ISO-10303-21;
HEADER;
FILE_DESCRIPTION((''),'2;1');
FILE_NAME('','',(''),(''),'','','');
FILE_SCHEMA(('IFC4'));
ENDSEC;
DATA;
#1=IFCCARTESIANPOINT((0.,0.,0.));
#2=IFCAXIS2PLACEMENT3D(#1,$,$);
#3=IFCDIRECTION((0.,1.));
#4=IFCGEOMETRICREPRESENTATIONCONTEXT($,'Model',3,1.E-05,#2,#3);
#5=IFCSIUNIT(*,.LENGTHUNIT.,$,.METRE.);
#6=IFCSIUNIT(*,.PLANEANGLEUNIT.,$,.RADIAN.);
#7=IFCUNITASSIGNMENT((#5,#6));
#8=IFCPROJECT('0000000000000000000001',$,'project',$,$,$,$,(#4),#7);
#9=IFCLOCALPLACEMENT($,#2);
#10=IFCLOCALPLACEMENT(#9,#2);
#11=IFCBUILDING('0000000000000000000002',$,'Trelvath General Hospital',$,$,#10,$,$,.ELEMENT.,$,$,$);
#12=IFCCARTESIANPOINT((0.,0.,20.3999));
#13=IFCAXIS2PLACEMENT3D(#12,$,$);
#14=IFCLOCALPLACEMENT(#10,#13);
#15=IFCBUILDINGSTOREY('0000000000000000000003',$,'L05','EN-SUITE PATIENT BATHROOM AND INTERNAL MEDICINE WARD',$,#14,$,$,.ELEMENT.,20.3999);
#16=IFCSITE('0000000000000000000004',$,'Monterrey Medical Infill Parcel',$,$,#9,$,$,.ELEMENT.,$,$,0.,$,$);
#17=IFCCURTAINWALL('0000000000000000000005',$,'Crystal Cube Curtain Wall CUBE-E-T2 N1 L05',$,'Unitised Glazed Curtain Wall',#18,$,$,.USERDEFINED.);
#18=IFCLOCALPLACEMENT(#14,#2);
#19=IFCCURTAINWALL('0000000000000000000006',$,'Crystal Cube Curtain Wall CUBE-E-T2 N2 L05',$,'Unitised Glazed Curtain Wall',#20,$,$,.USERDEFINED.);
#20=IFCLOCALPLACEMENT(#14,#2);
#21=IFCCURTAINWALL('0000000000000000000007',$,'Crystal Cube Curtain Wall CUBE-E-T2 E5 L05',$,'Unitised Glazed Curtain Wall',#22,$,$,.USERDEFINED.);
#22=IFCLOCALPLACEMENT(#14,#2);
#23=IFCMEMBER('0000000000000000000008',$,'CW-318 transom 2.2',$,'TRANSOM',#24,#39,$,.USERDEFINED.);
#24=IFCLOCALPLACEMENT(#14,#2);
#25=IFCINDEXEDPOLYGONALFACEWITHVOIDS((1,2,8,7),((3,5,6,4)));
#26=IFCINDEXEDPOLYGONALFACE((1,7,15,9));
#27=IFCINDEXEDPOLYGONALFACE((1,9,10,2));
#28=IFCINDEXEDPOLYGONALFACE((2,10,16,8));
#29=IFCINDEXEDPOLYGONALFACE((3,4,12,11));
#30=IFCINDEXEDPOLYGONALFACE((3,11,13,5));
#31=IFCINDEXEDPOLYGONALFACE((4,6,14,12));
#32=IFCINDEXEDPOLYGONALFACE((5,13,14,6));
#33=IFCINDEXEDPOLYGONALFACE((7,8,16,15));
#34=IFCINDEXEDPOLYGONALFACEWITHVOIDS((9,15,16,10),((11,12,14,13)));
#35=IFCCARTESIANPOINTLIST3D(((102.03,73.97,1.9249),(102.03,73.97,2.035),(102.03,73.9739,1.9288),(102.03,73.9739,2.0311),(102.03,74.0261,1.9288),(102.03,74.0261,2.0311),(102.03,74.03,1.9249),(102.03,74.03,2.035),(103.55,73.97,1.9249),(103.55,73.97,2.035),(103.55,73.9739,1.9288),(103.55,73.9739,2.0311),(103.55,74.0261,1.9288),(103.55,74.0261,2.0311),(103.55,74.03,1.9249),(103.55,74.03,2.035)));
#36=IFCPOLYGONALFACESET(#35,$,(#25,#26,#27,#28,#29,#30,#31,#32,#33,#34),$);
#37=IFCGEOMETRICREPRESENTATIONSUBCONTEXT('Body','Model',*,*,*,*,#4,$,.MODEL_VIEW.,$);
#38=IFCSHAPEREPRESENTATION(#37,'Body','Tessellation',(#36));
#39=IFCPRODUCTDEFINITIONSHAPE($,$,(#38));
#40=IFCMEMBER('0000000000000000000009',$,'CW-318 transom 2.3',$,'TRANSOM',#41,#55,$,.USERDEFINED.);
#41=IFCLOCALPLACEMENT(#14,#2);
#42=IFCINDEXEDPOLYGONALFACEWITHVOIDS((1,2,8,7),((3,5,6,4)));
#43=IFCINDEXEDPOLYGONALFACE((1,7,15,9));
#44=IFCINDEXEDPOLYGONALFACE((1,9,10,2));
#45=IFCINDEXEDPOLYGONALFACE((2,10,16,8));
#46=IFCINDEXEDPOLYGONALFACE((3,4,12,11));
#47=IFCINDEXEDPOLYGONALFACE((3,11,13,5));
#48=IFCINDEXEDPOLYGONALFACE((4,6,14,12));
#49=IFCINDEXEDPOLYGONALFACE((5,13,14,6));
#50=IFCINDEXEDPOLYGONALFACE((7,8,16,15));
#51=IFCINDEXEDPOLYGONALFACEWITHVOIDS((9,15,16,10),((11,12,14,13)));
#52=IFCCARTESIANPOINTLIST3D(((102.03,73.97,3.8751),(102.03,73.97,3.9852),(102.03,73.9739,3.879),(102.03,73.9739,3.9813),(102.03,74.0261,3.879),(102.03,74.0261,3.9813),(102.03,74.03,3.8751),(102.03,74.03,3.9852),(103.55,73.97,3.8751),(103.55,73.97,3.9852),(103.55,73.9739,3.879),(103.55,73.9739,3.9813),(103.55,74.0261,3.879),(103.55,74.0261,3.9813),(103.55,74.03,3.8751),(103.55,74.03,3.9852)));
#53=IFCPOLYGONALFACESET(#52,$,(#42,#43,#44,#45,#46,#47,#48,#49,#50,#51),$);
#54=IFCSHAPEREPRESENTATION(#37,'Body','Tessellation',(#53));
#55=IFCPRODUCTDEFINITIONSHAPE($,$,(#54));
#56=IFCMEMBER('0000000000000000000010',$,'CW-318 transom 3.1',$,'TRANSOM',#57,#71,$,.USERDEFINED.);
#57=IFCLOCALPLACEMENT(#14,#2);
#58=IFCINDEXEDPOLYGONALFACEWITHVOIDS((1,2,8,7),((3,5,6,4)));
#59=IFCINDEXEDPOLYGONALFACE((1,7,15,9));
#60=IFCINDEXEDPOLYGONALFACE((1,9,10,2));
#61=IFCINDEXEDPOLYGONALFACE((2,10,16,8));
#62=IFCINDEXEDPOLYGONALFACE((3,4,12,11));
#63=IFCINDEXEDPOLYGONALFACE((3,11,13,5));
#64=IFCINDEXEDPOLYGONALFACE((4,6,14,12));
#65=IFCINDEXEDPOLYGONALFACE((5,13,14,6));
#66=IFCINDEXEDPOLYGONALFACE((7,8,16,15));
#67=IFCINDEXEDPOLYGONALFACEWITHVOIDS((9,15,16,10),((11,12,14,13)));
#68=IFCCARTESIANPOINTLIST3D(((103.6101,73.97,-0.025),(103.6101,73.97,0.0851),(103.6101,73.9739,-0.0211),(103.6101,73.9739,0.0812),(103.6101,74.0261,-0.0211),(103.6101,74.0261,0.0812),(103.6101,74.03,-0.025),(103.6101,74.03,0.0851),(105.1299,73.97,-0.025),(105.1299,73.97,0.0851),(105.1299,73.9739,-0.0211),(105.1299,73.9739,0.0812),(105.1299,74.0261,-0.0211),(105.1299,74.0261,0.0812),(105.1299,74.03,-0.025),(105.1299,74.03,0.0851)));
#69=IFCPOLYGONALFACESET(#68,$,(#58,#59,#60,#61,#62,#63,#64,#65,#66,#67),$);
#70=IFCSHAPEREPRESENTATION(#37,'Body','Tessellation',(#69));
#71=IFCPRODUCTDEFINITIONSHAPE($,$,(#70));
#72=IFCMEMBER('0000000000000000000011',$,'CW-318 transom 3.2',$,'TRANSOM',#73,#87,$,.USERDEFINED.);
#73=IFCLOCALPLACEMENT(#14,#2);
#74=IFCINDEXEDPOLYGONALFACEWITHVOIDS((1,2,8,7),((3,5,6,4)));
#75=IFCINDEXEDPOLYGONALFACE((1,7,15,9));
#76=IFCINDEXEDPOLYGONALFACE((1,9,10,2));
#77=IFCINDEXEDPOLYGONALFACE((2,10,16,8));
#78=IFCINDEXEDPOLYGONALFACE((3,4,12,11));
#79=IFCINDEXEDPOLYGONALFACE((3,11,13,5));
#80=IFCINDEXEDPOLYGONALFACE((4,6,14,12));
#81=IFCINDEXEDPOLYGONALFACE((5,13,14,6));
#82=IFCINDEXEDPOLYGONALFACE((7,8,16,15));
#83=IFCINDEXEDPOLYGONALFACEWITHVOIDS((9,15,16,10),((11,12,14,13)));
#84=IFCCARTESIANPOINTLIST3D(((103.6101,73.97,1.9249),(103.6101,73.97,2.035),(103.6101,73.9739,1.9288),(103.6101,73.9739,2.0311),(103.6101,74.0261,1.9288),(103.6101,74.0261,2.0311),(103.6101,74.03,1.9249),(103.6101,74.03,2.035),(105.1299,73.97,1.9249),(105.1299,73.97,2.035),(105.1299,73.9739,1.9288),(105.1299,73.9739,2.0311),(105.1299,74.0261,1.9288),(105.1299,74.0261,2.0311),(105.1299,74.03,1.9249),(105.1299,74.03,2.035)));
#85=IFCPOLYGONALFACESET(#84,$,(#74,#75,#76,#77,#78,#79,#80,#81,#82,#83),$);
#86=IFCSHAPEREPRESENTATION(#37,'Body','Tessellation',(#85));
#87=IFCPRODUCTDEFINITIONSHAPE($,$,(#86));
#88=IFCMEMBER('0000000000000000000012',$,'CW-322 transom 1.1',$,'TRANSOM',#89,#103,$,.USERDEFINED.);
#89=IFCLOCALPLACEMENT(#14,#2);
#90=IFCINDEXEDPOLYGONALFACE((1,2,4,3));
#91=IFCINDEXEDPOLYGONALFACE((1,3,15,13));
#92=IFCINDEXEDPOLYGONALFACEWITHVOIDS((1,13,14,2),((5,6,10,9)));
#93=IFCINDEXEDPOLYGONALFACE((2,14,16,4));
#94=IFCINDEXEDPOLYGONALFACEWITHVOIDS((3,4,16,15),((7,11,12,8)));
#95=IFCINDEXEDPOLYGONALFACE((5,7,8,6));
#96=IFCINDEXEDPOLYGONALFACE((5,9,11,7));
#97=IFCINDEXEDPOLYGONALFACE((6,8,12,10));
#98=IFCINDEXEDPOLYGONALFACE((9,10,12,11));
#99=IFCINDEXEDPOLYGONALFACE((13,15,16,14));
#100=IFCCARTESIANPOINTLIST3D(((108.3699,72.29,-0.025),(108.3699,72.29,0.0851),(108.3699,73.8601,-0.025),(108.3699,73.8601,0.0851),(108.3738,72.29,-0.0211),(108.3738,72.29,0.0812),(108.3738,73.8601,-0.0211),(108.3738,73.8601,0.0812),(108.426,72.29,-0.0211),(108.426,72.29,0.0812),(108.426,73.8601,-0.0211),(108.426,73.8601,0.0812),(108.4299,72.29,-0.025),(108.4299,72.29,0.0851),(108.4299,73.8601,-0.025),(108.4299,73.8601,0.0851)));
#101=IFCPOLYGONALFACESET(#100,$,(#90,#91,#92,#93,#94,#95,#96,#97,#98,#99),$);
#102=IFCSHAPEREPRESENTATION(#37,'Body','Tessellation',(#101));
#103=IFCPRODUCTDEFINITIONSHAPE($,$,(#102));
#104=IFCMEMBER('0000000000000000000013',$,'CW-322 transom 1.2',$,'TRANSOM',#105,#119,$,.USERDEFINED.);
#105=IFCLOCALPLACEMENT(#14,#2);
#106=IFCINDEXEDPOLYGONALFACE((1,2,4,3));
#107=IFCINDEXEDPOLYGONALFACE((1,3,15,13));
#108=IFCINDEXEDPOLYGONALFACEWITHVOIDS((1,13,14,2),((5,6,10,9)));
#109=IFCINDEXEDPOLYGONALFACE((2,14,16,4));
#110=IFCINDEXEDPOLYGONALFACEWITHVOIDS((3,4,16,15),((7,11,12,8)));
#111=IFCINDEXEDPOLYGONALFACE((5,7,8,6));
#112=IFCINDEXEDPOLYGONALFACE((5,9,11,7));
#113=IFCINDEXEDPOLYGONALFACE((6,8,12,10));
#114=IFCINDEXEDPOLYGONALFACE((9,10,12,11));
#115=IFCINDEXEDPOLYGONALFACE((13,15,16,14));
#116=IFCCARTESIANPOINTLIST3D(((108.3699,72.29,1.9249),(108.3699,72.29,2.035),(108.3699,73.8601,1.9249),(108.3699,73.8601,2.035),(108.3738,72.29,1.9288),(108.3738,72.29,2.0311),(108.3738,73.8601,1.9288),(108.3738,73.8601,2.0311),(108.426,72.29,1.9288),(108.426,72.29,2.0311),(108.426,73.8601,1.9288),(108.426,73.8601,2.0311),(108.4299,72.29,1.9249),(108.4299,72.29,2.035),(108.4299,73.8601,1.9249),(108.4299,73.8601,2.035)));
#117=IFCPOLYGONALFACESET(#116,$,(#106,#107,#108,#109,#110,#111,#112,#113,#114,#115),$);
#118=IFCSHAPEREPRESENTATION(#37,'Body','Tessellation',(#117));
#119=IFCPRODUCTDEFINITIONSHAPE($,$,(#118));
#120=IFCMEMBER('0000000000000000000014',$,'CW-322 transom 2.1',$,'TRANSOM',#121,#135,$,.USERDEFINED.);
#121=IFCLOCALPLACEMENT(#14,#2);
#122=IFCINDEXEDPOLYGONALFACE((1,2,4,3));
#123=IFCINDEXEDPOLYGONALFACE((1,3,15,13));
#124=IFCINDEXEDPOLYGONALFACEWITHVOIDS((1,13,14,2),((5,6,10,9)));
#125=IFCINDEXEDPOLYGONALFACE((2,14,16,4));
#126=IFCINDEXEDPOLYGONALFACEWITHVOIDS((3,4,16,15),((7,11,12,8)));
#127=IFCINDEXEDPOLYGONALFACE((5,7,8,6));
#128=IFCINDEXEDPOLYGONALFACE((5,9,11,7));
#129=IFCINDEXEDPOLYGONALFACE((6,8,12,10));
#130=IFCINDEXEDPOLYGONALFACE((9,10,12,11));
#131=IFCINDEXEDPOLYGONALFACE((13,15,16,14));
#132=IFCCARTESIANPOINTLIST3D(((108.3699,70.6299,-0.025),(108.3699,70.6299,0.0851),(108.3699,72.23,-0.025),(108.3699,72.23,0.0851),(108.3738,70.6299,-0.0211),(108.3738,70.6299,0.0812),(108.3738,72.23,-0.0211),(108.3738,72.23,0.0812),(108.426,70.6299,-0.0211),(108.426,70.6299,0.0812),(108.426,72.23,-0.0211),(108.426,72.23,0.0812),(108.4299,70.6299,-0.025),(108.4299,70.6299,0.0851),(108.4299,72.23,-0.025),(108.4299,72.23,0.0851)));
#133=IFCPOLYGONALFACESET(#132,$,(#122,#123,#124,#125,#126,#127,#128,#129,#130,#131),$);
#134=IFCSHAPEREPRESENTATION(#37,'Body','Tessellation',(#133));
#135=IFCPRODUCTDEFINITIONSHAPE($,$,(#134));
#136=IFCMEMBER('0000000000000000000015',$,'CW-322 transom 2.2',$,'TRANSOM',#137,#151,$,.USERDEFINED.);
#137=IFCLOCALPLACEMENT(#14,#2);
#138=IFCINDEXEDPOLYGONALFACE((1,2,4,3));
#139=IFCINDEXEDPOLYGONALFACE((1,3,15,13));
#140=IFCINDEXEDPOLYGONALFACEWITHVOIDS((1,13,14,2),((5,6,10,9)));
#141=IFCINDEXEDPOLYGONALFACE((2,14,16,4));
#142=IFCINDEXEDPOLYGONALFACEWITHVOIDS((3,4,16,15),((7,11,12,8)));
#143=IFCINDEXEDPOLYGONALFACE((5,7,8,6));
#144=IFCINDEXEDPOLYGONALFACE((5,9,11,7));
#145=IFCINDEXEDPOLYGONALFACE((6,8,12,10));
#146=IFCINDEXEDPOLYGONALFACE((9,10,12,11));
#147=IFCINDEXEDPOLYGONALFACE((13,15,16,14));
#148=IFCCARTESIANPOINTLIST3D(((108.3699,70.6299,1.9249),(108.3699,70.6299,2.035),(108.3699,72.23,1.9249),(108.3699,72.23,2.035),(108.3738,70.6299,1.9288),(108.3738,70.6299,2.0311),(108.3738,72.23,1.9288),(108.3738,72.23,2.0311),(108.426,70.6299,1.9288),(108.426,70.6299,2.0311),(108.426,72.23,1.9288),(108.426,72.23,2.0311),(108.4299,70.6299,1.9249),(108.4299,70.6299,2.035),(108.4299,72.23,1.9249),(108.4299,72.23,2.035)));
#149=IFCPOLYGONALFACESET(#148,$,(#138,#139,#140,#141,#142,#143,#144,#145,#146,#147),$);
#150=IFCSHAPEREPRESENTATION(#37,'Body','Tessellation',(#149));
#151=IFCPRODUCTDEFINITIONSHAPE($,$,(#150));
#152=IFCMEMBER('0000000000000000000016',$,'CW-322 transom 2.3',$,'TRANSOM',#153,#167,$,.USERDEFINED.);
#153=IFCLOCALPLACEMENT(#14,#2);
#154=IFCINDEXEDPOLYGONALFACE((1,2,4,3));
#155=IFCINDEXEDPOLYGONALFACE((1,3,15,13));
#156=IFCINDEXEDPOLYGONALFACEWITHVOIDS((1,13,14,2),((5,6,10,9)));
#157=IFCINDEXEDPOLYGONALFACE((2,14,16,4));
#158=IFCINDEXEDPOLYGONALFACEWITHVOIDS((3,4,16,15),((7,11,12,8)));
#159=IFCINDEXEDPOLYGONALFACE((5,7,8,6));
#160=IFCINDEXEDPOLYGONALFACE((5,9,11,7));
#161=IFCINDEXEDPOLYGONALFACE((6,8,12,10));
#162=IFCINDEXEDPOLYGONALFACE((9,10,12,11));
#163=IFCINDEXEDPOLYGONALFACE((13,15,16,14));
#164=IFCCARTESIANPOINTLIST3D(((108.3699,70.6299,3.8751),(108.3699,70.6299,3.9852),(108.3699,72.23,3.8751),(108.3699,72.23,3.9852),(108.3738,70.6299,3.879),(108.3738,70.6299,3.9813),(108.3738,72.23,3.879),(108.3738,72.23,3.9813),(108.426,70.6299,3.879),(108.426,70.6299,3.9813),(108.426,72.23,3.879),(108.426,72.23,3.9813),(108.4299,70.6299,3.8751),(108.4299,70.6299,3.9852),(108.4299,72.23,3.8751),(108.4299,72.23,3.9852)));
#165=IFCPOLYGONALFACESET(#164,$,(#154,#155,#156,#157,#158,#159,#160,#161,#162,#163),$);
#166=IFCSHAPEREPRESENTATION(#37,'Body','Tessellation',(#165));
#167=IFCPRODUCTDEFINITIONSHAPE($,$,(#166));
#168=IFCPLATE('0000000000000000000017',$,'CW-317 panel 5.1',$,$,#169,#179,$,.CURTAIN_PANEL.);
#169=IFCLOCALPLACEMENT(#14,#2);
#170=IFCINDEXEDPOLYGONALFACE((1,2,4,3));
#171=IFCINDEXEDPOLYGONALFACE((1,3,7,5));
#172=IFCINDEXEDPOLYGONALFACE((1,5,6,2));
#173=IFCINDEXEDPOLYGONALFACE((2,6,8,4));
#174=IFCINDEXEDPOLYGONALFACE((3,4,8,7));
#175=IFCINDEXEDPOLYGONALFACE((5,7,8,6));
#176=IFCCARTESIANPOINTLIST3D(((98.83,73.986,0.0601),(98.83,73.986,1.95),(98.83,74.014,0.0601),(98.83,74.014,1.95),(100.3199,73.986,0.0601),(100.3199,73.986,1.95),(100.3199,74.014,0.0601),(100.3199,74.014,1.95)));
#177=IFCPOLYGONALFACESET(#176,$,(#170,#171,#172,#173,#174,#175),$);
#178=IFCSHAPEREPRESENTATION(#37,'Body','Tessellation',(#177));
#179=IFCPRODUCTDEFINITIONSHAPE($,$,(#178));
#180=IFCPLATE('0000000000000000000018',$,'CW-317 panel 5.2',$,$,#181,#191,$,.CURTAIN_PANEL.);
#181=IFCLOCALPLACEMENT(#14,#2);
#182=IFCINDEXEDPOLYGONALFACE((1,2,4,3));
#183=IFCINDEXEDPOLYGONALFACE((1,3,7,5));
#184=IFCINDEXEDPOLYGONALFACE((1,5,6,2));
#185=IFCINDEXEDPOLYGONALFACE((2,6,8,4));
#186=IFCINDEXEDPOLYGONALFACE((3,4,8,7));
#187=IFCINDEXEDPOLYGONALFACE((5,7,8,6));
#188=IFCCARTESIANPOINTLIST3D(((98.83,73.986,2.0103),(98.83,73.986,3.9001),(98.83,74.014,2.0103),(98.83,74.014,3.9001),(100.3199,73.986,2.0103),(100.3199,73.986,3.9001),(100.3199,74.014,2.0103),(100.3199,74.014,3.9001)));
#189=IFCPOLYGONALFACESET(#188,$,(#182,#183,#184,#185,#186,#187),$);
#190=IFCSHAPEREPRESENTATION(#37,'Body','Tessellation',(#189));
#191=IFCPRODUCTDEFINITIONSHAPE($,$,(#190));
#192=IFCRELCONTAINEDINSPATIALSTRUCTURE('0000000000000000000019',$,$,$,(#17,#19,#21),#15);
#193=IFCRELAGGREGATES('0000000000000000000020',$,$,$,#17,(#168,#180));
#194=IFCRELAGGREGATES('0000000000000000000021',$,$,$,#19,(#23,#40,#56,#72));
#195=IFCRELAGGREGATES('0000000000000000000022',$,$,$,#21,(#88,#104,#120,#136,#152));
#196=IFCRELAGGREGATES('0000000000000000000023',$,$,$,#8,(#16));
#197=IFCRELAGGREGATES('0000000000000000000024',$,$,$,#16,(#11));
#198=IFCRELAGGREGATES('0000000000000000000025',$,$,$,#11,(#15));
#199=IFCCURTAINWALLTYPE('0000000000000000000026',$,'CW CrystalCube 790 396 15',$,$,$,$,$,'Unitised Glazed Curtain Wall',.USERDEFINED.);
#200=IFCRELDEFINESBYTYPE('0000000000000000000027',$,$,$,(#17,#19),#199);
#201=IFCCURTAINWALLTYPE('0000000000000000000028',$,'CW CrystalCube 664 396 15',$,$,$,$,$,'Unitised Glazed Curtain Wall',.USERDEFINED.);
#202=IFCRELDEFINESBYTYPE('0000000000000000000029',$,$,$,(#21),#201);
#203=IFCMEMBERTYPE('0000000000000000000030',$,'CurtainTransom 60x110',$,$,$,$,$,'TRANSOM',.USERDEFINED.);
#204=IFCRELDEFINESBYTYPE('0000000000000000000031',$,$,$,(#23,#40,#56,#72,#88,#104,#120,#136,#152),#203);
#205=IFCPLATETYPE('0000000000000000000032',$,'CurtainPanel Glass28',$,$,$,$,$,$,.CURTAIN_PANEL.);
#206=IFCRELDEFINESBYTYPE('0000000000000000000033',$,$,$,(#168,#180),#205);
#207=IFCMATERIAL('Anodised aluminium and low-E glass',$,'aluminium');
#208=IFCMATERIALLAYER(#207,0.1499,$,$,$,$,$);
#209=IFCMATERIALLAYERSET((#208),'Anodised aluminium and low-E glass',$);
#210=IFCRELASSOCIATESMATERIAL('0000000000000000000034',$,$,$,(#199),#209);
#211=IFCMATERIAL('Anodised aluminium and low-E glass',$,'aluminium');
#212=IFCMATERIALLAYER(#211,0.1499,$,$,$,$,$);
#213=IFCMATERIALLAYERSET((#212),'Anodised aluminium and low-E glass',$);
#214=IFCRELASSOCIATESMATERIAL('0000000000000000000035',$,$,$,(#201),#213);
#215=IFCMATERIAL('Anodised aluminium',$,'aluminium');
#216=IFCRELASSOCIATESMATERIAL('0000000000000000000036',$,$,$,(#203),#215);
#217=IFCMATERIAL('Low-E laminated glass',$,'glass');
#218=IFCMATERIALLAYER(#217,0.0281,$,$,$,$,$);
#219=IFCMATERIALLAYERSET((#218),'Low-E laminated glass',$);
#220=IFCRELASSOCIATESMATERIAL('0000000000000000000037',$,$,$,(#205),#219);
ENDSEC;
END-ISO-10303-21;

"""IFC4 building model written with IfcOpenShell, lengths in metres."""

from ifc_helpers import new_model, si_unit, direction, frame, origin, origin_2d, place, context, subcontext, project, spatial, rectangle, hollow_rectangle, extrude, material, layer, layer_set, material_profile, profile_set, type_object, element, aggregate, save


model = new_model("IFC4")

# Units and contexts
model_context = context("Model", 3, precision=1e-05, world=origin(), true_north=direction((0.0, 1.0)))
body_context = subcontext(model_context, "Body", "Model", "MODEL_VIEW")
ifc_project = project(units=[si_unit("LENGTHUNIT", "METRE"), si_unit("PLANEANGLEUNIT", "RADIAN")], contexts=[model_context])

# Site, building, storey
site_placement = place(None, origin())
site = spatial("IfcSite", under=ifc_project, at=site_placement, Name="Monterrey Medical Infill Parcel", CompositionType="ELEMENT", RefElevation=0.0)
building_placement = place(site_placement, origin())
building = spatial("IfcBuilding", under=site, at=building_placement, Name="Trelvath General Hospital", CompositionType="ELEMENT")
storey_placement = place(building_placement, frame((0.0, 0.0, 20.3999)))
storey = spatial("IfcBuildingStorey", under=building, at=storey_placement, Name="L05", Description="EN-SUITE PATIENT BATHROOM AND INTERNAL MEDICINE WARD", CompositionType="ELEMENT", Elevation=20.3999)

# Curtain wall
ifc_material_1 = material(Name="Anodised aluminium and low-E glass", Category="aluminium")
ifc_layer_1 = layer(ifc_material_1, 0.1499)
ifc_layer_set_1 = layer_set([ifc_layer_1], Name="Anodised aluminium and low-E glass")
curtain_wall_type_1 = type_object("IfcCurtainWallType", Name="CW CrystalCube 790 396 15", ElementType="Unitised Glazed Curtain Wall", PredefinedType="USERDEFINED", material=ifc_layer_set_1)
curtain_wall_1_placement = place(storey_placement, origin())
curtain_wall_1 = element("IfcCurtainWall", 1, at=curtain_wall_1_placement, inside=storey, type_object=curtain_wall_type_1, Name="Crystal Cube Curtain Wall CUBE-E-T2 N1 L05", ObjectType="Unitised Glazed Curtain Wall", PredefinedType="USERDEFINED")

# Curtain wall
curtain_wall_2_placement = place(storey_placement, origin())
curtain_wall_2 = element("IfcCurtainWall", 2, at=curtain_wall_2_placement, inside=storey, type_object=curtain_wall_type_1, Name="Crystal Cube Curtain Wall CUBE-E-T2 N2 L05", ObjectType="Unitised Glazed Curtain Wall", PredefinedType="USERDEFINED")

# Curtain wall
ifc_material_2 = material(Name="Anodised aluminium and low-E glass", Category="aluminium")
ifc_layer_2 = layer(ifc_material_2, 0.1499)
ifc_layer_set_2 = layer_set([ifc_layer_2], Name="Anodised aluminium and low-E glass")
curtain_wall_type_2 = type_object("IfcCurtainWallType", Name="CW CrystalCube 664 396 15", ElementType="Unitised Glazed Curtain Wall", PredefinedType="USERDEFINED", material=ifc_layer_set_2)
curtain_wall_3_placement = place(storey_placement, origin())
curtain_wall_3 = element("IfcCurtainWall", 3, at=curtain_wall_3_placement, inside=storey, type_object=curtain_wall_type_2, Name="Crystal Cube Curtain Wall CUBE-E-T2 E5 L05", ObjectType="Unitised Glazed Curtain Wall", PredefinedType="USERDEFINED")

# Members
ifc_material_3 = material(Name="Anodised aluminium", Category="aluminium")
ifc_material_profile_1 = material_profile(ifc_material_3, hollow_rectangle(XDim=0.0601, YDim=0.1101, WallThickness=0.0039, at=origin_2d()), Name="RHS60x110x4")
ifc_profile_set_1 = profile_set([ifc_material_profile_1], Name="Anodised aluminium")
member_type_1 = type_object("IfcMemberType", Name="CurtainTransom 60x110", ElementType="TRANSOM", PredefinedType="USERDEFINED", material=ifc_profile_set_1)
member_1_placement = place(storey_placement, frame((102.03, 74.0, 1.98), z_axis=(1.0, 0.0, 0.0), x_axis=(0.0, 1.0, 0.0)))
member_1 = element("IfcMember", 4, at=member_1_placement, type_object=member_type_1, Name="CW-318 transom 2.2", ObjectType="TRANSOM", PredefinedType="USERDEFINED", context=body_context, shape_type="SweptSolid", body=[
    extrude(hollow_rectangle(XDim=0.0601, YDim=0.1101, WallThickness=0.0039, at=origin_2d()), origin(), (0.0, 0.0, 1.0), 1.52),
])
member_2_placement = place(storey_placement, frame((102.03, 74.0, 3.9302), z_axis=(1.0, 0.0, 0.0), x_axis=(0.0, 1.0, 0.0)))
member_2 = element("IfcMember", 5, at=member_2_placement, type_object=member_type_1, Name="CW-318 transom 2.3", ObjectType="TRANSOM", PredefinedType="USERDEFINED", context=body_context, shape_type="SweptSolid", body=[
    extrude(hollow_rectangle(XDim=0.0601, YDim=0.1101, WallThickness=0.0039, at=origin_2d()), origin(), (0.0, 0.0, 1.0), 1.52),
])
member_3_placement = place(storey_placement, frame((103.6101, 74.0, 0.03), z_axis=(1.0, 0.0, 0.0), x_axis=(0.0, 1.0, 0.0)))
member_3 = element("IfcMember", 6, at=member_3_placement, type_object=member_type_1, Name="CW-318 transom 3.1", ObjectType="TRANSOM", PredefinedType="USERDEFINED", context=body_context, shape_type="SweptSolid", body=[
    extrude(hollow_rectangle(XDim=0.0601, YDim=0.1101, WallThickness=0.0039, at=origin_2d()), origin(), (0.0, 0.0, 1.0), 1.5198),
])
member_4_placement = place(storey_placement, frame((103.6101, 74.0, 1.98), z_axis=(1.0, 0.0, 0.0), x_axis=(0.0, 1.0, 0.0)))
member_4 = element("IfcMember", 7, at=member_4_placement, type_object=member_type_1, Name="CW-318 transom 3.2", ObjectType="TRANSOM", PredefinedType="USERDEFINED", context=body_context, shape_type="SweptSolid", body=[
    extrude(hollow_rectangle(XDim=0.0601, YDim=0.1101, WallThickness=0.0039, at=origin_2d()), origin(), (0.0, 0.0, 1.0), 1.5198),
])
member_5_placement = place(storey_placement, frame((108.3999, 73.8601, 0.03), z_axis=(0.0, -1.0, 0.0), x_axis=(1.0, 0.0, 0.0)))
member_5 = element("IfcMember", 8, at=member_5_placement, type_object=member_type_1, Name="CW-322 transom 1.1", ObjectType="TRANSOM", PredefinedType="USERDEFINED", context=body_context, shape_type="SweptSolid", body=[
    extrude(hollow_rectangle(XDim=0.0601, YDim=0.1101, WallThickness=0.0039, at=origin_2d()), origin(), (0.0, 0.0, 1.0), 1.5701),
])
member_6_placement = place(storey_placement, frame((108.3999, 73.8601, 1.98), z_axis=(0.0, -1.0, 0.0), x_axis=(1.0, 0.0, 0.0)))
member_6 = element("IfcMember", 9, at=member_6_placement, type_object=member_type_1, Name="CW-322 transom 1.2", ObjectType="TRANSOM", PredefinedType="USERDEFINED", context=body_context, shape_type="SweptSolid", body=[
    extrude(hollow_rectangle(XDim=0.0601, YDim=0.1101, WallThickness=0.0039, at=origin_2d()), origin(), (0.0, 0.0, 1.0), 1.5701),
])
member_7_placement = place(storey_placement, frame((108.3999, 72.23, 0.03), z_axis=(0.0, -1.0, 0.0), x_axis=(1.0, 0.0, 0.0)))
member_7 = element("IfcMember", 10, at=member_7_placement, type_object=member_type_1, Name="CW-322 transom 2.1", ObjectType="TRANSOM", PredefinedType="USERDEFINED", context=body_context, shape_type="SweptSolid", body=[
    extrude(hollow_rectangle(XDim=0.0601, YDim=0.1101, WallThickness=0.0039, at=origin_2d()), origin(), (0.0, 0.0, 1.0), 1.6001),
])
member_8_placement = place(storey_placement, frame((108.3999, 72.23, 1.98), z_axis=(0.0, -1.0, 0.0), x_axis=(1.0, 0.0, 0.0)))
member_8 = element("IfcMember", 11, at=member_8_placement, type_object=member_type_1, Name="CW-322 transom 2.2", ObjectType="TRANSOM", PredefinedType="USERDEFINED", context=body_context, shape_type="SweptSolid", body=[
    extrude(hollow_rectangle(XDim=0.0601, YDim=0.1101, WallThickness=0.0039, at=origin_2d()), origin(), (0.0, 0.0, 1.0), 1.6001),
])
member_9_placement = place(storey_placement, frame((108.3999, 72.23, 3.9302), z_axis=(0.0, -1.0, 0.0), x_axis=(1.0, 0.0, 0.0)))
member_9 = element("IfcMember", 12, at=member_9_placement, type_object=member_type_1, Name="CW-322 transom 2.3", ObjectType="TRANSOM", PredefinedType="USERDEFINED", context=body_context, shape_type="SweptSolid", body=[
    extrude(hollow_rectangle(XDim=0.0601, YDim=0.1101, WallThickness=0.0039, at=origin_2d()), origin(), (0.0, 0.0, 1.0), 1.6001),
])

# Plates
ifc_material_4 = material(Name="Low-E laminated glass", Category="glass")
ifc_layer_3 = layer(ifc_material_4, 0.0281)
ifc_layer_set_3 = layer_set([ifc_layer_3], Name="Low-E laminated glass")
plate_type = type_object("IfcPlateType", Name="CurtainPanel Glass28", PredefinedType="CURTAIN_PANEL", material=ifc_layer_set_3)
plate_1_placement = place(storey_placement, frame((99.575, 74.0, 0.0601), z_axis=(0.0, 0.0, 1.0), x_axis=(1.0, 0.0, 0.0)))
plate_1 = element("IfcPlate", 13, at=plate_1_placement, type_object=plate_type, Name="CW-317 panel 5.1", PredefinedType="CURTAIN_PANEL", context=body_context, shape_type="SweptSolid", body=[
    extrude(rectangle(XDim=1.49, YDim=0.0281, at=origin_2d()), origin(), (0.0, 0.0, 1.0), 1.8899),
])
plate_2_placement = place(storey_placement, frame((99.575, 74.0, 2.0103), z_axis=(0.0, 0.0, 1.0), x_axis=(1.0, 0.0, 0.0)))
plate_2 = element("IfcPlate", 14, at=plate_2_placement, type_object=plate_type, Name="CW-317 panel 5.2", PredefinedType="CURTAIN_PANEL", context=body_context, shape_type="SweptSolid", body=[
    extrude(rectangle(XDim=1.49, YDim=0.0281, at=origin_2d()), origin(), (0.0, 0.0, 1.0), 1.8899),
])
aggregate(curtain_wall_1, [plate_1, plate_2])
aggregate(curtain_wall_2, [member_1, member_2, member_3, member_4])
aggregate(curtain_wall_3, [member_5, member_6, member_7, member_8, member_9])

save(model, "model.ifc")
